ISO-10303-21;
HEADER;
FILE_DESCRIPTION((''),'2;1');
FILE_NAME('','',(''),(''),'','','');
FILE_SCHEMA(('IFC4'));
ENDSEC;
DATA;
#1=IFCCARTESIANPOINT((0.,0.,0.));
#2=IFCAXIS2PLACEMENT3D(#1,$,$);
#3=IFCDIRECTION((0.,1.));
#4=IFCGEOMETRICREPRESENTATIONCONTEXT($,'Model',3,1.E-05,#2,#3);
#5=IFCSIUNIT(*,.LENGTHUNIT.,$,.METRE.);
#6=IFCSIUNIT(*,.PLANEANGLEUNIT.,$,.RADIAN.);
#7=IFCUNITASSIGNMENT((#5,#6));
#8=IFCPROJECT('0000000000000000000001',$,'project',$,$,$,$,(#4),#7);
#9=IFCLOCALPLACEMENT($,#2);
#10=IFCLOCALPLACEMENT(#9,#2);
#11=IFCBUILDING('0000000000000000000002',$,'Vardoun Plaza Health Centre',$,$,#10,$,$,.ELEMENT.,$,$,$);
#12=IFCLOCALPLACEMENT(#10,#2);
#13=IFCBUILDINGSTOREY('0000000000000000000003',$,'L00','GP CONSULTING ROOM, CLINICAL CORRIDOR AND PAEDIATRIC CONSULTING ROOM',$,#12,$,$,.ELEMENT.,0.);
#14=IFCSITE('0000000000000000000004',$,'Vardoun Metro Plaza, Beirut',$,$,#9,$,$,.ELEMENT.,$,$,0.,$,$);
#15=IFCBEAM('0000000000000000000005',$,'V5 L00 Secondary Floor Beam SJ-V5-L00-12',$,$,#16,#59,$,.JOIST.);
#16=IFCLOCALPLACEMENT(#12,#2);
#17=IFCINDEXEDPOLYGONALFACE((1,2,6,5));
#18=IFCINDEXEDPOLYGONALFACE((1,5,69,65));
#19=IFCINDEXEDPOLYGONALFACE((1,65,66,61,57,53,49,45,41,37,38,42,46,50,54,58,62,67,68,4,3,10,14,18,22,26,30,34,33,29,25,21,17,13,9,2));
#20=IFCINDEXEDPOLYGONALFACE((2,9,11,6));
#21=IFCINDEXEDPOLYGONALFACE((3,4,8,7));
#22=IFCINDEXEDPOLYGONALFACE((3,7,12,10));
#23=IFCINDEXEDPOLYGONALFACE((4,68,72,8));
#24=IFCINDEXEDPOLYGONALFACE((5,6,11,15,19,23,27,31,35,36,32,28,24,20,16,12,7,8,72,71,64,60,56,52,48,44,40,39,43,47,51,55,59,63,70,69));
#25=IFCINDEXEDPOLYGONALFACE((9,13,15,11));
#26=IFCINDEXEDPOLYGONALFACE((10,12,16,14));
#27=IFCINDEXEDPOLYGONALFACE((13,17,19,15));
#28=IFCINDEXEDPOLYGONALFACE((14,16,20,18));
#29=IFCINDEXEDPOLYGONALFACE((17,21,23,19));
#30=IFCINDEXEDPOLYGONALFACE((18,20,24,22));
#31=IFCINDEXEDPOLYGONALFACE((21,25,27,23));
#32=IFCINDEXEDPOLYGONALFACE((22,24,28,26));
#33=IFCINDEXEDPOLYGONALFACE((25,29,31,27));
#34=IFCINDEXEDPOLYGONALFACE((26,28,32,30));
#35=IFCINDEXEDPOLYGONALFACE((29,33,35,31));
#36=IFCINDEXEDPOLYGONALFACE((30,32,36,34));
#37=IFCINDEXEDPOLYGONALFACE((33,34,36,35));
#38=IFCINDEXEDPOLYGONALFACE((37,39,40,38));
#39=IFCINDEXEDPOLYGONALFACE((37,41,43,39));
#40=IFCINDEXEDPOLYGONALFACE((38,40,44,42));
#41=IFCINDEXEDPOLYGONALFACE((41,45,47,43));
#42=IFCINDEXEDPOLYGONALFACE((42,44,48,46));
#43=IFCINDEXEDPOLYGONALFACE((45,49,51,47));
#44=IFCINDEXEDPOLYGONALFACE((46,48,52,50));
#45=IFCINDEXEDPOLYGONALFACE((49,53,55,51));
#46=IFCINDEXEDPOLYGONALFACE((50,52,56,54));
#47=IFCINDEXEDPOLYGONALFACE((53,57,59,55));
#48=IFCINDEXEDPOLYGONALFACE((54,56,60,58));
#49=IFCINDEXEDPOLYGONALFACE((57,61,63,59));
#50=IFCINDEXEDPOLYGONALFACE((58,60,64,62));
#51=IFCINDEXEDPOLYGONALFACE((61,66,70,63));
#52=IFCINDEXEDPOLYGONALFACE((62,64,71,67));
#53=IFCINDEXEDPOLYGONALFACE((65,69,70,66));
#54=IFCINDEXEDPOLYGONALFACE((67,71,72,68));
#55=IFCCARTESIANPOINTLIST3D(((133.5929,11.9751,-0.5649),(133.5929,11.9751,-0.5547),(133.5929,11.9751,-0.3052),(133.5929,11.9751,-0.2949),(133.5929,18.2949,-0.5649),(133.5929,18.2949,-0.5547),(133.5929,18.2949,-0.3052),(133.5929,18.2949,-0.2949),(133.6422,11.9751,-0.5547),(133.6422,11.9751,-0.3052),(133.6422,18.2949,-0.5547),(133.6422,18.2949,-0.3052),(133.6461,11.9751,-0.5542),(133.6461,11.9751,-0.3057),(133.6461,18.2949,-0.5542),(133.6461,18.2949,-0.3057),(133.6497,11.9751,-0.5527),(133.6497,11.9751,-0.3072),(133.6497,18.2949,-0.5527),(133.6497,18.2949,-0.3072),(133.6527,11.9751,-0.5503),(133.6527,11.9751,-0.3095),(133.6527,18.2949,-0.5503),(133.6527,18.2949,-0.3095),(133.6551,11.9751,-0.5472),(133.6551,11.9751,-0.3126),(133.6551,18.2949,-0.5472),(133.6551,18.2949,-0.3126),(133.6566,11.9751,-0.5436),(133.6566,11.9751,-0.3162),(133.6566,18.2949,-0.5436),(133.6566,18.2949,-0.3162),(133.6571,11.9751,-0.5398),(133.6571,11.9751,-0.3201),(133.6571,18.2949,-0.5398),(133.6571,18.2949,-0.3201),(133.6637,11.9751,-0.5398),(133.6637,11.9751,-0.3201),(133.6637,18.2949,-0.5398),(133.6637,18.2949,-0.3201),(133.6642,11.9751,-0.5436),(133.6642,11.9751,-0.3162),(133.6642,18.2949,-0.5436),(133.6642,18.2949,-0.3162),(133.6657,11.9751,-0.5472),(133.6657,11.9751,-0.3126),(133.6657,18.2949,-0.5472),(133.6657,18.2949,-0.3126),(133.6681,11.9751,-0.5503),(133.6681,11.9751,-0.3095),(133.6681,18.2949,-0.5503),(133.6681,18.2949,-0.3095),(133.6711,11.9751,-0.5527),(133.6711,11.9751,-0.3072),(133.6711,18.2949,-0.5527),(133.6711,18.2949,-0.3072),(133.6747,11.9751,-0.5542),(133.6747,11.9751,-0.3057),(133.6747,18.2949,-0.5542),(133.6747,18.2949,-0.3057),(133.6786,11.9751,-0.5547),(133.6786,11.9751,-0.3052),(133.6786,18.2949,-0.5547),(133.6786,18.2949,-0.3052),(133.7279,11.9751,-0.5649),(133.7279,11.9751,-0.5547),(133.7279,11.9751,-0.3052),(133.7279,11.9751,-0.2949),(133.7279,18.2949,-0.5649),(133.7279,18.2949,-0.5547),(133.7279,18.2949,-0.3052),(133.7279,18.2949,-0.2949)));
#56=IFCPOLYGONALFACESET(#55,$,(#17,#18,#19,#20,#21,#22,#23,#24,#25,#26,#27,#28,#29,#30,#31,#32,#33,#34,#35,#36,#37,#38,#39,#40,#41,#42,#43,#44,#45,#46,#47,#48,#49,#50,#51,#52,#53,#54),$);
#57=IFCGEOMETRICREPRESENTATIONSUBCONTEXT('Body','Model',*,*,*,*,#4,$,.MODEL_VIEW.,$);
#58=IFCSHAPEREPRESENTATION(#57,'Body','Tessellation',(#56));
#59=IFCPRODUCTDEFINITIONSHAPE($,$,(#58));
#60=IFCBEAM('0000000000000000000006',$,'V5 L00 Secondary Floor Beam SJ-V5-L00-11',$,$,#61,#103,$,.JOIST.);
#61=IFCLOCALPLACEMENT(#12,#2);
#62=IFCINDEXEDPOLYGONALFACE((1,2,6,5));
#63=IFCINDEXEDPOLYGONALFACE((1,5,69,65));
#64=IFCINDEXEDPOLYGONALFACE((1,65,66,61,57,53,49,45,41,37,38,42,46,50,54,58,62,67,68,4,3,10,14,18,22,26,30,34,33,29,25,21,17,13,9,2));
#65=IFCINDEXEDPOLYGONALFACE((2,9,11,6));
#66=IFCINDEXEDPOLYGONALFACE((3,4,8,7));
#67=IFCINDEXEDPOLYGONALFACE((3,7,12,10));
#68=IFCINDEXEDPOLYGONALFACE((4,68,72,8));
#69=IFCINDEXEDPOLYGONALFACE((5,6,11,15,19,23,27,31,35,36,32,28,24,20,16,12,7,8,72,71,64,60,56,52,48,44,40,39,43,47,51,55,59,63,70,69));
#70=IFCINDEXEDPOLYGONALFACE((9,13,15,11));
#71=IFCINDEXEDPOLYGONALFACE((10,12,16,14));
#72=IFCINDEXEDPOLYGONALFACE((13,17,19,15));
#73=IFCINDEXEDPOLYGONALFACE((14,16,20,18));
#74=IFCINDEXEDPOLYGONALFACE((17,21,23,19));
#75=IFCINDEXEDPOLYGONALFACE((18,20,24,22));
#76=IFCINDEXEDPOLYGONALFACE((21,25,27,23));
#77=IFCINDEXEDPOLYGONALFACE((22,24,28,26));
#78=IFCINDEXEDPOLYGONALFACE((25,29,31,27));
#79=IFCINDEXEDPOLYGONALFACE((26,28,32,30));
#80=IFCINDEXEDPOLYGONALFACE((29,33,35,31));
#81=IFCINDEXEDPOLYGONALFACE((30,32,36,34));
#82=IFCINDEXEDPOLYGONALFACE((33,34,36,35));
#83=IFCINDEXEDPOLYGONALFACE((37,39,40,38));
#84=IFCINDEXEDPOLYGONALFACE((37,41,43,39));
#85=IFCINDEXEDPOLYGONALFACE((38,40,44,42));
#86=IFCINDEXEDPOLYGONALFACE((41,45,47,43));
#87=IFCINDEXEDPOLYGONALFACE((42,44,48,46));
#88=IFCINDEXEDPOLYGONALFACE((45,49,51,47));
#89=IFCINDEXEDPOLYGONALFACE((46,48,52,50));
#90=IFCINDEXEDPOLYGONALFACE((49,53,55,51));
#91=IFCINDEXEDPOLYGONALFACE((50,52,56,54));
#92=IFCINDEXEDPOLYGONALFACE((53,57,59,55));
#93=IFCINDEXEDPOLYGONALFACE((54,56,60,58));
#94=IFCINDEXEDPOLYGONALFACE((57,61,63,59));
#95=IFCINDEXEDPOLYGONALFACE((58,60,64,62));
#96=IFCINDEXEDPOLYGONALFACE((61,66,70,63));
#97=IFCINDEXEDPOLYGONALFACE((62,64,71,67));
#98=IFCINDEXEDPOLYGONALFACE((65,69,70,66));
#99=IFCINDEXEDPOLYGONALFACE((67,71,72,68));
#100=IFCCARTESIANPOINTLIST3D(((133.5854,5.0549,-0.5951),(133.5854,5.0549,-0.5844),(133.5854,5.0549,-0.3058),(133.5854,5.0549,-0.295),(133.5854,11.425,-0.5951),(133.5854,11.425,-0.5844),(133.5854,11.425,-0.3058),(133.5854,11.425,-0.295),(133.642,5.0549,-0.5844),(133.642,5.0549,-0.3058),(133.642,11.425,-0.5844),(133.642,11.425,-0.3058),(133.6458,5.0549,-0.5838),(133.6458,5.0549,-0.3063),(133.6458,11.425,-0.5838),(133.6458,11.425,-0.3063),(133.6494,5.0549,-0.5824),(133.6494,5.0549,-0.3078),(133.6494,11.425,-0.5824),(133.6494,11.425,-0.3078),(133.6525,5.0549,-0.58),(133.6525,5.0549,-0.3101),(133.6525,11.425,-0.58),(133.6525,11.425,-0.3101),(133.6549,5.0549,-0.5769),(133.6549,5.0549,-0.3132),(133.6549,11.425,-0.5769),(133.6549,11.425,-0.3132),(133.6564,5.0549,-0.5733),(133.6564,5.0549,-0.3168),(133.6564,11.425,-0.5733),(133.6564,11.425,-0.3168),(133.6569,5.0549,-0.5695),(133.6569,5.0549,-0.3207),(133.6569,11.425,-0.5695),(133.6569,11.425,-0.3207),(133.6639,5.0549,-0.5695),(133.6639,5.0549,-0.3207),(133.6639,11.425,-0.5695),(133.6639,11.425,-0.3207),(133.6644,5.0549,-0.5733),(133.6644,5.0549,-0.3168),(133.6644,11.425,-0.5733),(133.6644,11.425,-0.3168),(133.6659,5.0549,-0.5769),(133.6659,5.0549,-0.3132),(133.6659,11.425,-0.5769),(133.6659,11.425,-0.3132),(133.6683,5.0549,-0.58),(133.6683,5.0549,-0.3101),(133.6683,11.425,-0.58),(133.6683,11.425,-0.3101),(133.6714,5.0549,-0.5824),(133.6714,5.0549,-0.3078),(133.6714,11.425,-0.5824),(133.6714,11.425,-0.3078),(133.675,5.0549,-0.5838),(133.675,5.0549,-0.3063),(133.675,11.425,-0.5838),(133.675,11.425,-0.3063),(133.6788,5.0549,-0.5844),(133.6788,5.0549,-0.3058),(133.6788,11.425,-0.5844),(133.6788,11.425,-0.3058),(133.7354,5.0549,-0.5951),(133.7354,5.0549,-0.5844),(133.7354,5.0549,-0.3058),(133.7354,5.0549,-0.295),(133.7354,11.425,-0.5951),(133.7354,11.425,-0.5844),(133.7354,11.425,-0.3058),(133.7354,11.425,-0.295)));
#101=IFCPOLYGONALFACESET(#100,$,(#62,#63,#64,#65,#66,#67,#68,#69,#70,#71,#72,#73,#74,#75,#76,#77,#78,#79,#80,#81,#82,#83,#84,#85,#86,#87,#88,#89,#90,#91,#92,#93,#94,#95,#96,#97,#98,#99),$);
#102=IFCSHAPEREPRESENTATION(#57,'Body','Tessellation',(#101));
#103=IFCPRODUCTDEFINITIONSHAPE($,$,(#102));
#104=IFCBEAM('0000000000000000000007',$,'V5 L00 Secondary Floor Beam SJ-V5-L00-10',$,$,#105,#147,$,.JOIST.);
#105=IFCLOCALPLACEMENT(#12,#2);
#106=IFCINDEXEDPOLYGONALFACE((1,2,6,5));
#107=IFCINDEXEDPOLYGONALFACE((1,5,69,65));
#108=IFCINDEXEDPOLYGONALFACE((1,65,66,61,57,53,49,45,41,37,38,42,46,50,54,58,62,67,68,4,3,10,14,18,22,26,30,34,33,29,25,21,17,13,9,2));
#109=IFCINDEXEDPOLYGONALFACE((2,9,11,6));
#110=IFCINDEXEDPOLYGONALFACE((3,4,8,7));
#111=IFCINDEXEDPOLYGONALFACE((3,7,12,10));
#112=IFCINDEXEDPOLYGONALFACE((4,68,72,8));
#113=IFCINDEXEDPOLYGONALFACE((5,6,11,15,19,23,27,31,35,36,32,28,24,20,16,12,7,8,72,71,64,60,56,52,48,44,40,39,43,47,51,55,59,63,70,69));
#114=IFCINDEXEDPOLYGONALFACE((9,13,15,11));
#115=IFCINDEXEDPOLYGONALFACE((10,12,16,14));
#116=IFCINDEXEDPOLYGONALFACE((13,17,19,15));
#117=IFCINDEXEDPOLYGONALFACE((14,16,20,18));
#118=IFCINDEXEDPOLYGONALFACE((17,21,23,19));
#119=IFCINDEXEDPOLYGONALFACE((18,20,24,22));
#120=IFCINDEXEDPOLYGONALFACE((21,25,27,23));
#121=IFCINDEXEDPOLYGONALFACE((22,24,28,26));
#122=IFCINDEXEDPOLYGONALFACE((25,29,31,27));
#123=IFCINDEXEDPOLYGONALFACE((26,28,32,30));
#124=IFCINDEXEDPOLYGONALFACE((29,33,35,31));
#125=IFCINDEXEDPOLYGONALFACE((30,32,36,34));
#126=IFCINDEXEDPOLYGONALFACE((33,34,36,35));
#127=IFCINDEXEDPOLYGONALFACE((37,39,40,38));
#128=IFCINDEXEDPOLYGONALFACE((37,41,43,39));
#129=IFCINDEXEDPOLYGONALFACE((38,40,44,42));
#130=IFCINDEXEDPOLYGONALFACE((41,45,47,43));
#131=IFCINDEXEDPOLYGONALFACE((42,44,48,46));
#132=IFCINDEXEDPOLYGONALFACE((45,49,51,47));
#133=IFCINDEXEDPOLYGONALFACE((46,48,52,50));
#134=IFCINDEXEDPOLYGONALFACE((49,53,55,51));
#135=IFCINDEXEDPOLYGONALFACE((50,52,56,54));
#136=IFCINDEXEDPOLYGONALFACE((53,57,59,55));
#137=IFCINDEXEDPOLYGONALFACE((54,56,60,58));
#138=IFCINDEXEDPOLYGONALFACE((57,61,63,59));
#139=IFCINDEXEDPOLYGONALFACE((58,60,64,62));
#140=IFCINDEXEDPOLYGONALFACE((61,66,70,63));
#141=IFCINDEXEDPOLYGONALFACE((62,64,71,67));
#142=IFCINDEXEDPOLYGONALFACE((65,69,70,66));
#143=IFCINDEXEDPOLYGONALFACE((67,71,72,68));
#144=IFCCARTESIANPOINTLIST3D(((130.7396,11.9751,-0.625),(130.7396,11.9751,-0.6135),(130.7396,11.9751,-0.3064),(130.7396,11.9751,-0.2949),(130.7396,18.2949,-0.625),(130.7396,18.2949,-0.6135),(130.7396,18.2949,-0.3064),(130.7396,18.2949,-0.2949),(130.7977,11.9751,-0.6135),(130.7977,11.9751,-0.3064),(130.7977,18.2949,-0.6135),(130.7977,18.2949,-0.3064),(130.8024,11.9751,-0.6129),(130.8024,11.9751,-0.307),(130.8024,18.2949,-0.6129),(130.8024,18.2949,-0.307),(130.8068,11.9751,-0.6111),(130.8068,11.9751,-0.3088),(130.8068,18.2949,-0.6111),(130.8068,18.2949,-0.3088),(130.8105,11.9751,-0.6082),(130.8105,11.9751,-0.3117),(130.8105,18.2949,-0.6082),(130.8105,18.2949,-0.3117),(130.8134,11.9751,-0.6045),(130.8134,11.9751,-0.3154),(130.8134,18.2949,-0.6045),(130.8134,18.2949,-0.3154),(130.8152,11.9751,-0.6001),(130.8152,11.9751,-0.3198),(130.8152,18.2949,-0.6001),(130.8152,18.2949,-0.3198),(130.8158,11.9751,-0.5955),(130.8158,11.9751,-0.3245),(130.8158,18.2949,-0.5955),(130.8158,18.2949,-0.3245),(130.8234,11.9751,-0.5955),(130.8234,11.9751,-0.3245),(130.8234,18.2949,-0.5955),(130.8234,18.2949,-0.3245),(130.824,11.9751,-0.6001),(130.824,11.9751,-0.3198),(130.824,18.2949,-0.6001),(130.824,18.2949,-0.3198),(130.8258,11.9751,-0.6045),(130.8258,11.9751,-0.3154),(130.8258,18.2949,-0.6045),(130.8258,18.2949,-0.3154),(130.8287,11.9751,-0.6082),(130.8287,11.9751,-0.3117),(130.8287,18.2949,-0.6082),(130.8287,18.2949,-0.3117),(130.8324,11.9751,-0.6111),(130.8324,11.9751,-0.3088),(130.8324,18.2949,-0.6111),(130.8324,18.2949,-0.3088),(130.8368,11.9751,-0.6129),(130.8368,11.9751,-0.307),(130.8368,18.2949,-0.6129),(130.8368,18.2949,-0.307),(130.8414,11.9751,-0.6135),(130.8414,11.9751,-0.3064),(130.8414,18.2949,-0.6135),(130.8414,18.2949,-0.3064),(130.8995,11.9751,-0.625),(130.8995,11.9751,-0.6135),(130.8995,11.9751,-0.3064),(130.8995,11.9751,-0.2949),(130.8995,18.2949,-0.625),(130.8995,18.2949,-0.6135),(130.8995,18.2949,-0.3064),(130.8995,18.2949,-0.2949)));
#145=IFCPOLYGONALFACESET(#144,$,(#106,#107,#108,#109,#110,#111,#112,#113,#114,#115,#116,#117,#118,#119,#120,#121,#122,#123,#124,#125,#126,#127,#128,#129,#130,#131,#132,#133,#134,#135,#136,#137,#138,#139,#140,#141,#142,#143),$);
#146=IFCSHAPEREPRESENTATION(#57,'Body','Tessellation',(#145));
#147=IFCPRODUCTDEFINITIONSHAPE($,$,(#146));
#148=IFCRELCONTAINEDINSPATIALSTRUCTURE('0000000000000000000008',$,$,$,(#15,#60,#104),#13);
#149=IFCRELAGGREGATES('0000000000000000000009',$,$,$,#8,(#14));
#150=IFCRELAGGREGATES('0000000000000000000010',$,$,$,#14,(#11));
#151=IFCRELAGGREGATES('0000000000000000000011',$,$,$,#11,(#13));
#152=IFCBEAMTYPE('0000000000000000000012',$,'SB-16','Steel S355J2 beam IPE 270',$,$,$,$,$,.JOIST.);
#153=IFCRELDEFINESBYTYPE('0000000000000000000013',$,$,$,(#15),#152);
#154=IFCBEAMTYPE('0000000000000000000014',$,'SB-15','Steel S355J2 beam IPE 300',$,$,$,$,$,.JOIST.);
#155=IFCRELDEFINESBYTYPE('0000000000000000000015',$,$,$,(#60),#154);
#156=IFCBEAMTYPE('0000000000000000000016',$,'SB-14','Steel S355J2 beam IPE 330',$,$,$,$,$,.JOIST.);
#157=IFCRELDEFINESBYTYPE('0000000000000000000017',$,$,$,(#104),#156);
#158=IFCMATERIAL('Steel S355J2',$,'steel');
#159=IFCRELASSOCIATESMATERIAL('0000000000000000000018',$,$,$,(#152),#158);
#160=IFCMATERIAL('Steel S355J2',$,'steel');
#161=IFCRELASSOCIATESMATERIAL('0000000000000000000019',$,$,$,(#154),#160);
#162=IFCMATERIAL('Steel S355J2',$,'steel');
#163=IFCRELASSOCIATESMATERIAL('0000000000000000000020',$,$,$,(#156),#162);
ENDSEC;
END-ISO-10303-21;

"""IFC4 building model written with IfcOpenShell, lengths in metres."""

from ifc_helpers import new_model, si_unit, direction, frame, origin, origin_2d, place, context, subcontext, project, spatial, i_section, extrude, material, material_profile, profile_set, type_object, element, save


model = new_model("IFC4")

# Units and contexts
model_context = context("Model", 3, precision=1e-05, world=origin(), true_north=direction((0.0, 1.0)))
body_context = subcontext(model_context, "Body", "Model", "MODEL_VIEW")
ifc_project = project(units=[si_unit("LENGTHUNIT", "METRE"), si_unit("PLANEANGLEUNIT", "RADIAN")], contexts=[model_context])

# Site, building, storey
site_placement = place(None, origin())
site = spatial("IfcSite", under=ifc_project, at=site_placement, Name="Vardoun Metro Plaza, Beirut", CompositionType="ELEMENT", RefElevation=0.0)
building_placement = place(site_placement, origin())
building = spatial("IfcBuilding", under=site, at=building_placement, Name="Vardoun Plaza Health Centre", CompositionType="ELEMENT")
storey_placement = place(building_placement, origin())
storey = spatial("IfcBuildingStorey", under=building, at=storey_placement, Name="L00", Description="GP CONSULTING ROOM, CLINICAL CORRIDOR AND PAEDIATRIC CONSULTING ROOM", CompositionType="ELEMENT", Elevation=0.0)

# Beams
ifc_material_1 = material(Name="Steel S355J2", Category="steel")
ifc_material_profile_1 = material_profile(ifc_material_1, i_section(OverallWidth=0.135, OverallDepth=0.27, WebThickness=0.0066, FlangeThickness=0.0103, FilletRadius=0.0149, at=origin_2d()), Name="IPE 270")
ifc_profile_set_1 = profile_set([ifc_material_profile_1], Name="Steel S355J2")
beam_type_1 = type_object("IfcBeamType", Name="SB-16", Description="Steel S355J2 beam IPE 270", PredefinedType="JOIST", material=ifc_profile_set_1)
beam_1_placement = place(storey_placement, frame((133.6604, 11.9751, -0.4299), z_axis=(0.0, 1.0, 0.0), x_axis=(-1.0, 0.0, 0.0)))
element("IfcBeam", 1, at=beam_1_placement, inside=storey, type_object=beam_type_1, Name="V5 L00 Secondary Floor Beam SJ-V5-L00-12", PredefinedType="JOIST", context=body_context, shape_type="SweptSolid", body=[
    extrude(i_section(OverallWidth=0.135, OverallDepth=0.27, WebThickness=0.0066, FlangeThickness=0.0103, FilletRadius=0.0149, at=origin_2d()), origin(), (0.0, 0.0, 1.0), 6.3198),
])
ifc_material_2 = material(Name="Steel S355J2", Category="steel")
ifc_material_profile_2 = material_profile(ifc_material_2, i_section(OverallWidth=0.1499, OverallDepth=0.3, WebThickness=0.0071, FlangeThickness=0.0107, FilletRadius=0.0149, at=origin_2d()), Name="IPE 300")
ifc_profile_set_2 = profile_set([ifc_material_profile_2], Name="Steel S355J2")
beam_type_2 = type_object("IfcBeamType", Name="SB-15", Description="Steel S355J2 beam IPE 300", PredefinedType="JOIST", material=ifc_profile_set_2)
beam_2_placement = place(storey_placement, frame((133.6604, 5.0549, -0.4451), z_axis=(0.0, 1.0, 0.0), x_axis=(-1.0, 0.0, 0.0)))
element("IfcBeam", 2, at=beam_2_placement, inside=storey, type_object=beam_type_2, Name="V5 L00 Secondary Floor Beam SJ-V5-L00-11", PredefinedType="JOIST", context=body_context, shape_type="SweptSolid", body=[
    extrude(i_section(OverallWidth=0.1499, OverallDepth=0.3, WebThickness=0.0071, FlangeThickness=0.0107, FilletRadius=0.0149, at=origin_2d()), origin(), (0.0, 0.0, 1.0), 6.3701),
])
ifc_material_3 = material(Name="Steel S355J2", Category="steel")
ifc_material_profile_3 = material_profile(ifc_material_3, i_section(OverallWidth=0.1599, OverallDepth=0.3301, WebThickness=0.0076, FlangeThickness=0.0115, FilletRadius=0.0181, at=origin_2d()), Name="IPE 330")
ifc_profile_set_3 = profile_set([ifc_material_profile_3], Name="Steel S355J2")
beam_type_3 = type_object("IfcBeamType", Name="SB-14", Description="Steel S355J2 beam IPE 330", PredefinedType="JOIST", material=ifc_profile_set_3)
beam_3_placement = place(storey_placement, frame((130.8196, 11.9751, -0.46), z_axis=(0.0, 1.0, 0.0), x_axis=(-1.0, 0.0, 0.0)))
element("IfcBeam", 3, at=beam_3_placement, inside=storey, type_object=beam_type_3, Name="V5 L00 Secondary Floor Beam SJ-V5-L00-10", PredefinedType="JOIST", context=body_context, shape_type="SweptSolid", body=[
    extrude(i_section(OverallWidth=0.1599, OverallDepth=0.3301, WebThickness=0.0076, FlangeThickness=0.0115, FilletRadius=0.0181, at=origin_2d()), origin(), (0.0, 0.0, 1.0), 6.3198),
])

save(model, "model.ifc")
